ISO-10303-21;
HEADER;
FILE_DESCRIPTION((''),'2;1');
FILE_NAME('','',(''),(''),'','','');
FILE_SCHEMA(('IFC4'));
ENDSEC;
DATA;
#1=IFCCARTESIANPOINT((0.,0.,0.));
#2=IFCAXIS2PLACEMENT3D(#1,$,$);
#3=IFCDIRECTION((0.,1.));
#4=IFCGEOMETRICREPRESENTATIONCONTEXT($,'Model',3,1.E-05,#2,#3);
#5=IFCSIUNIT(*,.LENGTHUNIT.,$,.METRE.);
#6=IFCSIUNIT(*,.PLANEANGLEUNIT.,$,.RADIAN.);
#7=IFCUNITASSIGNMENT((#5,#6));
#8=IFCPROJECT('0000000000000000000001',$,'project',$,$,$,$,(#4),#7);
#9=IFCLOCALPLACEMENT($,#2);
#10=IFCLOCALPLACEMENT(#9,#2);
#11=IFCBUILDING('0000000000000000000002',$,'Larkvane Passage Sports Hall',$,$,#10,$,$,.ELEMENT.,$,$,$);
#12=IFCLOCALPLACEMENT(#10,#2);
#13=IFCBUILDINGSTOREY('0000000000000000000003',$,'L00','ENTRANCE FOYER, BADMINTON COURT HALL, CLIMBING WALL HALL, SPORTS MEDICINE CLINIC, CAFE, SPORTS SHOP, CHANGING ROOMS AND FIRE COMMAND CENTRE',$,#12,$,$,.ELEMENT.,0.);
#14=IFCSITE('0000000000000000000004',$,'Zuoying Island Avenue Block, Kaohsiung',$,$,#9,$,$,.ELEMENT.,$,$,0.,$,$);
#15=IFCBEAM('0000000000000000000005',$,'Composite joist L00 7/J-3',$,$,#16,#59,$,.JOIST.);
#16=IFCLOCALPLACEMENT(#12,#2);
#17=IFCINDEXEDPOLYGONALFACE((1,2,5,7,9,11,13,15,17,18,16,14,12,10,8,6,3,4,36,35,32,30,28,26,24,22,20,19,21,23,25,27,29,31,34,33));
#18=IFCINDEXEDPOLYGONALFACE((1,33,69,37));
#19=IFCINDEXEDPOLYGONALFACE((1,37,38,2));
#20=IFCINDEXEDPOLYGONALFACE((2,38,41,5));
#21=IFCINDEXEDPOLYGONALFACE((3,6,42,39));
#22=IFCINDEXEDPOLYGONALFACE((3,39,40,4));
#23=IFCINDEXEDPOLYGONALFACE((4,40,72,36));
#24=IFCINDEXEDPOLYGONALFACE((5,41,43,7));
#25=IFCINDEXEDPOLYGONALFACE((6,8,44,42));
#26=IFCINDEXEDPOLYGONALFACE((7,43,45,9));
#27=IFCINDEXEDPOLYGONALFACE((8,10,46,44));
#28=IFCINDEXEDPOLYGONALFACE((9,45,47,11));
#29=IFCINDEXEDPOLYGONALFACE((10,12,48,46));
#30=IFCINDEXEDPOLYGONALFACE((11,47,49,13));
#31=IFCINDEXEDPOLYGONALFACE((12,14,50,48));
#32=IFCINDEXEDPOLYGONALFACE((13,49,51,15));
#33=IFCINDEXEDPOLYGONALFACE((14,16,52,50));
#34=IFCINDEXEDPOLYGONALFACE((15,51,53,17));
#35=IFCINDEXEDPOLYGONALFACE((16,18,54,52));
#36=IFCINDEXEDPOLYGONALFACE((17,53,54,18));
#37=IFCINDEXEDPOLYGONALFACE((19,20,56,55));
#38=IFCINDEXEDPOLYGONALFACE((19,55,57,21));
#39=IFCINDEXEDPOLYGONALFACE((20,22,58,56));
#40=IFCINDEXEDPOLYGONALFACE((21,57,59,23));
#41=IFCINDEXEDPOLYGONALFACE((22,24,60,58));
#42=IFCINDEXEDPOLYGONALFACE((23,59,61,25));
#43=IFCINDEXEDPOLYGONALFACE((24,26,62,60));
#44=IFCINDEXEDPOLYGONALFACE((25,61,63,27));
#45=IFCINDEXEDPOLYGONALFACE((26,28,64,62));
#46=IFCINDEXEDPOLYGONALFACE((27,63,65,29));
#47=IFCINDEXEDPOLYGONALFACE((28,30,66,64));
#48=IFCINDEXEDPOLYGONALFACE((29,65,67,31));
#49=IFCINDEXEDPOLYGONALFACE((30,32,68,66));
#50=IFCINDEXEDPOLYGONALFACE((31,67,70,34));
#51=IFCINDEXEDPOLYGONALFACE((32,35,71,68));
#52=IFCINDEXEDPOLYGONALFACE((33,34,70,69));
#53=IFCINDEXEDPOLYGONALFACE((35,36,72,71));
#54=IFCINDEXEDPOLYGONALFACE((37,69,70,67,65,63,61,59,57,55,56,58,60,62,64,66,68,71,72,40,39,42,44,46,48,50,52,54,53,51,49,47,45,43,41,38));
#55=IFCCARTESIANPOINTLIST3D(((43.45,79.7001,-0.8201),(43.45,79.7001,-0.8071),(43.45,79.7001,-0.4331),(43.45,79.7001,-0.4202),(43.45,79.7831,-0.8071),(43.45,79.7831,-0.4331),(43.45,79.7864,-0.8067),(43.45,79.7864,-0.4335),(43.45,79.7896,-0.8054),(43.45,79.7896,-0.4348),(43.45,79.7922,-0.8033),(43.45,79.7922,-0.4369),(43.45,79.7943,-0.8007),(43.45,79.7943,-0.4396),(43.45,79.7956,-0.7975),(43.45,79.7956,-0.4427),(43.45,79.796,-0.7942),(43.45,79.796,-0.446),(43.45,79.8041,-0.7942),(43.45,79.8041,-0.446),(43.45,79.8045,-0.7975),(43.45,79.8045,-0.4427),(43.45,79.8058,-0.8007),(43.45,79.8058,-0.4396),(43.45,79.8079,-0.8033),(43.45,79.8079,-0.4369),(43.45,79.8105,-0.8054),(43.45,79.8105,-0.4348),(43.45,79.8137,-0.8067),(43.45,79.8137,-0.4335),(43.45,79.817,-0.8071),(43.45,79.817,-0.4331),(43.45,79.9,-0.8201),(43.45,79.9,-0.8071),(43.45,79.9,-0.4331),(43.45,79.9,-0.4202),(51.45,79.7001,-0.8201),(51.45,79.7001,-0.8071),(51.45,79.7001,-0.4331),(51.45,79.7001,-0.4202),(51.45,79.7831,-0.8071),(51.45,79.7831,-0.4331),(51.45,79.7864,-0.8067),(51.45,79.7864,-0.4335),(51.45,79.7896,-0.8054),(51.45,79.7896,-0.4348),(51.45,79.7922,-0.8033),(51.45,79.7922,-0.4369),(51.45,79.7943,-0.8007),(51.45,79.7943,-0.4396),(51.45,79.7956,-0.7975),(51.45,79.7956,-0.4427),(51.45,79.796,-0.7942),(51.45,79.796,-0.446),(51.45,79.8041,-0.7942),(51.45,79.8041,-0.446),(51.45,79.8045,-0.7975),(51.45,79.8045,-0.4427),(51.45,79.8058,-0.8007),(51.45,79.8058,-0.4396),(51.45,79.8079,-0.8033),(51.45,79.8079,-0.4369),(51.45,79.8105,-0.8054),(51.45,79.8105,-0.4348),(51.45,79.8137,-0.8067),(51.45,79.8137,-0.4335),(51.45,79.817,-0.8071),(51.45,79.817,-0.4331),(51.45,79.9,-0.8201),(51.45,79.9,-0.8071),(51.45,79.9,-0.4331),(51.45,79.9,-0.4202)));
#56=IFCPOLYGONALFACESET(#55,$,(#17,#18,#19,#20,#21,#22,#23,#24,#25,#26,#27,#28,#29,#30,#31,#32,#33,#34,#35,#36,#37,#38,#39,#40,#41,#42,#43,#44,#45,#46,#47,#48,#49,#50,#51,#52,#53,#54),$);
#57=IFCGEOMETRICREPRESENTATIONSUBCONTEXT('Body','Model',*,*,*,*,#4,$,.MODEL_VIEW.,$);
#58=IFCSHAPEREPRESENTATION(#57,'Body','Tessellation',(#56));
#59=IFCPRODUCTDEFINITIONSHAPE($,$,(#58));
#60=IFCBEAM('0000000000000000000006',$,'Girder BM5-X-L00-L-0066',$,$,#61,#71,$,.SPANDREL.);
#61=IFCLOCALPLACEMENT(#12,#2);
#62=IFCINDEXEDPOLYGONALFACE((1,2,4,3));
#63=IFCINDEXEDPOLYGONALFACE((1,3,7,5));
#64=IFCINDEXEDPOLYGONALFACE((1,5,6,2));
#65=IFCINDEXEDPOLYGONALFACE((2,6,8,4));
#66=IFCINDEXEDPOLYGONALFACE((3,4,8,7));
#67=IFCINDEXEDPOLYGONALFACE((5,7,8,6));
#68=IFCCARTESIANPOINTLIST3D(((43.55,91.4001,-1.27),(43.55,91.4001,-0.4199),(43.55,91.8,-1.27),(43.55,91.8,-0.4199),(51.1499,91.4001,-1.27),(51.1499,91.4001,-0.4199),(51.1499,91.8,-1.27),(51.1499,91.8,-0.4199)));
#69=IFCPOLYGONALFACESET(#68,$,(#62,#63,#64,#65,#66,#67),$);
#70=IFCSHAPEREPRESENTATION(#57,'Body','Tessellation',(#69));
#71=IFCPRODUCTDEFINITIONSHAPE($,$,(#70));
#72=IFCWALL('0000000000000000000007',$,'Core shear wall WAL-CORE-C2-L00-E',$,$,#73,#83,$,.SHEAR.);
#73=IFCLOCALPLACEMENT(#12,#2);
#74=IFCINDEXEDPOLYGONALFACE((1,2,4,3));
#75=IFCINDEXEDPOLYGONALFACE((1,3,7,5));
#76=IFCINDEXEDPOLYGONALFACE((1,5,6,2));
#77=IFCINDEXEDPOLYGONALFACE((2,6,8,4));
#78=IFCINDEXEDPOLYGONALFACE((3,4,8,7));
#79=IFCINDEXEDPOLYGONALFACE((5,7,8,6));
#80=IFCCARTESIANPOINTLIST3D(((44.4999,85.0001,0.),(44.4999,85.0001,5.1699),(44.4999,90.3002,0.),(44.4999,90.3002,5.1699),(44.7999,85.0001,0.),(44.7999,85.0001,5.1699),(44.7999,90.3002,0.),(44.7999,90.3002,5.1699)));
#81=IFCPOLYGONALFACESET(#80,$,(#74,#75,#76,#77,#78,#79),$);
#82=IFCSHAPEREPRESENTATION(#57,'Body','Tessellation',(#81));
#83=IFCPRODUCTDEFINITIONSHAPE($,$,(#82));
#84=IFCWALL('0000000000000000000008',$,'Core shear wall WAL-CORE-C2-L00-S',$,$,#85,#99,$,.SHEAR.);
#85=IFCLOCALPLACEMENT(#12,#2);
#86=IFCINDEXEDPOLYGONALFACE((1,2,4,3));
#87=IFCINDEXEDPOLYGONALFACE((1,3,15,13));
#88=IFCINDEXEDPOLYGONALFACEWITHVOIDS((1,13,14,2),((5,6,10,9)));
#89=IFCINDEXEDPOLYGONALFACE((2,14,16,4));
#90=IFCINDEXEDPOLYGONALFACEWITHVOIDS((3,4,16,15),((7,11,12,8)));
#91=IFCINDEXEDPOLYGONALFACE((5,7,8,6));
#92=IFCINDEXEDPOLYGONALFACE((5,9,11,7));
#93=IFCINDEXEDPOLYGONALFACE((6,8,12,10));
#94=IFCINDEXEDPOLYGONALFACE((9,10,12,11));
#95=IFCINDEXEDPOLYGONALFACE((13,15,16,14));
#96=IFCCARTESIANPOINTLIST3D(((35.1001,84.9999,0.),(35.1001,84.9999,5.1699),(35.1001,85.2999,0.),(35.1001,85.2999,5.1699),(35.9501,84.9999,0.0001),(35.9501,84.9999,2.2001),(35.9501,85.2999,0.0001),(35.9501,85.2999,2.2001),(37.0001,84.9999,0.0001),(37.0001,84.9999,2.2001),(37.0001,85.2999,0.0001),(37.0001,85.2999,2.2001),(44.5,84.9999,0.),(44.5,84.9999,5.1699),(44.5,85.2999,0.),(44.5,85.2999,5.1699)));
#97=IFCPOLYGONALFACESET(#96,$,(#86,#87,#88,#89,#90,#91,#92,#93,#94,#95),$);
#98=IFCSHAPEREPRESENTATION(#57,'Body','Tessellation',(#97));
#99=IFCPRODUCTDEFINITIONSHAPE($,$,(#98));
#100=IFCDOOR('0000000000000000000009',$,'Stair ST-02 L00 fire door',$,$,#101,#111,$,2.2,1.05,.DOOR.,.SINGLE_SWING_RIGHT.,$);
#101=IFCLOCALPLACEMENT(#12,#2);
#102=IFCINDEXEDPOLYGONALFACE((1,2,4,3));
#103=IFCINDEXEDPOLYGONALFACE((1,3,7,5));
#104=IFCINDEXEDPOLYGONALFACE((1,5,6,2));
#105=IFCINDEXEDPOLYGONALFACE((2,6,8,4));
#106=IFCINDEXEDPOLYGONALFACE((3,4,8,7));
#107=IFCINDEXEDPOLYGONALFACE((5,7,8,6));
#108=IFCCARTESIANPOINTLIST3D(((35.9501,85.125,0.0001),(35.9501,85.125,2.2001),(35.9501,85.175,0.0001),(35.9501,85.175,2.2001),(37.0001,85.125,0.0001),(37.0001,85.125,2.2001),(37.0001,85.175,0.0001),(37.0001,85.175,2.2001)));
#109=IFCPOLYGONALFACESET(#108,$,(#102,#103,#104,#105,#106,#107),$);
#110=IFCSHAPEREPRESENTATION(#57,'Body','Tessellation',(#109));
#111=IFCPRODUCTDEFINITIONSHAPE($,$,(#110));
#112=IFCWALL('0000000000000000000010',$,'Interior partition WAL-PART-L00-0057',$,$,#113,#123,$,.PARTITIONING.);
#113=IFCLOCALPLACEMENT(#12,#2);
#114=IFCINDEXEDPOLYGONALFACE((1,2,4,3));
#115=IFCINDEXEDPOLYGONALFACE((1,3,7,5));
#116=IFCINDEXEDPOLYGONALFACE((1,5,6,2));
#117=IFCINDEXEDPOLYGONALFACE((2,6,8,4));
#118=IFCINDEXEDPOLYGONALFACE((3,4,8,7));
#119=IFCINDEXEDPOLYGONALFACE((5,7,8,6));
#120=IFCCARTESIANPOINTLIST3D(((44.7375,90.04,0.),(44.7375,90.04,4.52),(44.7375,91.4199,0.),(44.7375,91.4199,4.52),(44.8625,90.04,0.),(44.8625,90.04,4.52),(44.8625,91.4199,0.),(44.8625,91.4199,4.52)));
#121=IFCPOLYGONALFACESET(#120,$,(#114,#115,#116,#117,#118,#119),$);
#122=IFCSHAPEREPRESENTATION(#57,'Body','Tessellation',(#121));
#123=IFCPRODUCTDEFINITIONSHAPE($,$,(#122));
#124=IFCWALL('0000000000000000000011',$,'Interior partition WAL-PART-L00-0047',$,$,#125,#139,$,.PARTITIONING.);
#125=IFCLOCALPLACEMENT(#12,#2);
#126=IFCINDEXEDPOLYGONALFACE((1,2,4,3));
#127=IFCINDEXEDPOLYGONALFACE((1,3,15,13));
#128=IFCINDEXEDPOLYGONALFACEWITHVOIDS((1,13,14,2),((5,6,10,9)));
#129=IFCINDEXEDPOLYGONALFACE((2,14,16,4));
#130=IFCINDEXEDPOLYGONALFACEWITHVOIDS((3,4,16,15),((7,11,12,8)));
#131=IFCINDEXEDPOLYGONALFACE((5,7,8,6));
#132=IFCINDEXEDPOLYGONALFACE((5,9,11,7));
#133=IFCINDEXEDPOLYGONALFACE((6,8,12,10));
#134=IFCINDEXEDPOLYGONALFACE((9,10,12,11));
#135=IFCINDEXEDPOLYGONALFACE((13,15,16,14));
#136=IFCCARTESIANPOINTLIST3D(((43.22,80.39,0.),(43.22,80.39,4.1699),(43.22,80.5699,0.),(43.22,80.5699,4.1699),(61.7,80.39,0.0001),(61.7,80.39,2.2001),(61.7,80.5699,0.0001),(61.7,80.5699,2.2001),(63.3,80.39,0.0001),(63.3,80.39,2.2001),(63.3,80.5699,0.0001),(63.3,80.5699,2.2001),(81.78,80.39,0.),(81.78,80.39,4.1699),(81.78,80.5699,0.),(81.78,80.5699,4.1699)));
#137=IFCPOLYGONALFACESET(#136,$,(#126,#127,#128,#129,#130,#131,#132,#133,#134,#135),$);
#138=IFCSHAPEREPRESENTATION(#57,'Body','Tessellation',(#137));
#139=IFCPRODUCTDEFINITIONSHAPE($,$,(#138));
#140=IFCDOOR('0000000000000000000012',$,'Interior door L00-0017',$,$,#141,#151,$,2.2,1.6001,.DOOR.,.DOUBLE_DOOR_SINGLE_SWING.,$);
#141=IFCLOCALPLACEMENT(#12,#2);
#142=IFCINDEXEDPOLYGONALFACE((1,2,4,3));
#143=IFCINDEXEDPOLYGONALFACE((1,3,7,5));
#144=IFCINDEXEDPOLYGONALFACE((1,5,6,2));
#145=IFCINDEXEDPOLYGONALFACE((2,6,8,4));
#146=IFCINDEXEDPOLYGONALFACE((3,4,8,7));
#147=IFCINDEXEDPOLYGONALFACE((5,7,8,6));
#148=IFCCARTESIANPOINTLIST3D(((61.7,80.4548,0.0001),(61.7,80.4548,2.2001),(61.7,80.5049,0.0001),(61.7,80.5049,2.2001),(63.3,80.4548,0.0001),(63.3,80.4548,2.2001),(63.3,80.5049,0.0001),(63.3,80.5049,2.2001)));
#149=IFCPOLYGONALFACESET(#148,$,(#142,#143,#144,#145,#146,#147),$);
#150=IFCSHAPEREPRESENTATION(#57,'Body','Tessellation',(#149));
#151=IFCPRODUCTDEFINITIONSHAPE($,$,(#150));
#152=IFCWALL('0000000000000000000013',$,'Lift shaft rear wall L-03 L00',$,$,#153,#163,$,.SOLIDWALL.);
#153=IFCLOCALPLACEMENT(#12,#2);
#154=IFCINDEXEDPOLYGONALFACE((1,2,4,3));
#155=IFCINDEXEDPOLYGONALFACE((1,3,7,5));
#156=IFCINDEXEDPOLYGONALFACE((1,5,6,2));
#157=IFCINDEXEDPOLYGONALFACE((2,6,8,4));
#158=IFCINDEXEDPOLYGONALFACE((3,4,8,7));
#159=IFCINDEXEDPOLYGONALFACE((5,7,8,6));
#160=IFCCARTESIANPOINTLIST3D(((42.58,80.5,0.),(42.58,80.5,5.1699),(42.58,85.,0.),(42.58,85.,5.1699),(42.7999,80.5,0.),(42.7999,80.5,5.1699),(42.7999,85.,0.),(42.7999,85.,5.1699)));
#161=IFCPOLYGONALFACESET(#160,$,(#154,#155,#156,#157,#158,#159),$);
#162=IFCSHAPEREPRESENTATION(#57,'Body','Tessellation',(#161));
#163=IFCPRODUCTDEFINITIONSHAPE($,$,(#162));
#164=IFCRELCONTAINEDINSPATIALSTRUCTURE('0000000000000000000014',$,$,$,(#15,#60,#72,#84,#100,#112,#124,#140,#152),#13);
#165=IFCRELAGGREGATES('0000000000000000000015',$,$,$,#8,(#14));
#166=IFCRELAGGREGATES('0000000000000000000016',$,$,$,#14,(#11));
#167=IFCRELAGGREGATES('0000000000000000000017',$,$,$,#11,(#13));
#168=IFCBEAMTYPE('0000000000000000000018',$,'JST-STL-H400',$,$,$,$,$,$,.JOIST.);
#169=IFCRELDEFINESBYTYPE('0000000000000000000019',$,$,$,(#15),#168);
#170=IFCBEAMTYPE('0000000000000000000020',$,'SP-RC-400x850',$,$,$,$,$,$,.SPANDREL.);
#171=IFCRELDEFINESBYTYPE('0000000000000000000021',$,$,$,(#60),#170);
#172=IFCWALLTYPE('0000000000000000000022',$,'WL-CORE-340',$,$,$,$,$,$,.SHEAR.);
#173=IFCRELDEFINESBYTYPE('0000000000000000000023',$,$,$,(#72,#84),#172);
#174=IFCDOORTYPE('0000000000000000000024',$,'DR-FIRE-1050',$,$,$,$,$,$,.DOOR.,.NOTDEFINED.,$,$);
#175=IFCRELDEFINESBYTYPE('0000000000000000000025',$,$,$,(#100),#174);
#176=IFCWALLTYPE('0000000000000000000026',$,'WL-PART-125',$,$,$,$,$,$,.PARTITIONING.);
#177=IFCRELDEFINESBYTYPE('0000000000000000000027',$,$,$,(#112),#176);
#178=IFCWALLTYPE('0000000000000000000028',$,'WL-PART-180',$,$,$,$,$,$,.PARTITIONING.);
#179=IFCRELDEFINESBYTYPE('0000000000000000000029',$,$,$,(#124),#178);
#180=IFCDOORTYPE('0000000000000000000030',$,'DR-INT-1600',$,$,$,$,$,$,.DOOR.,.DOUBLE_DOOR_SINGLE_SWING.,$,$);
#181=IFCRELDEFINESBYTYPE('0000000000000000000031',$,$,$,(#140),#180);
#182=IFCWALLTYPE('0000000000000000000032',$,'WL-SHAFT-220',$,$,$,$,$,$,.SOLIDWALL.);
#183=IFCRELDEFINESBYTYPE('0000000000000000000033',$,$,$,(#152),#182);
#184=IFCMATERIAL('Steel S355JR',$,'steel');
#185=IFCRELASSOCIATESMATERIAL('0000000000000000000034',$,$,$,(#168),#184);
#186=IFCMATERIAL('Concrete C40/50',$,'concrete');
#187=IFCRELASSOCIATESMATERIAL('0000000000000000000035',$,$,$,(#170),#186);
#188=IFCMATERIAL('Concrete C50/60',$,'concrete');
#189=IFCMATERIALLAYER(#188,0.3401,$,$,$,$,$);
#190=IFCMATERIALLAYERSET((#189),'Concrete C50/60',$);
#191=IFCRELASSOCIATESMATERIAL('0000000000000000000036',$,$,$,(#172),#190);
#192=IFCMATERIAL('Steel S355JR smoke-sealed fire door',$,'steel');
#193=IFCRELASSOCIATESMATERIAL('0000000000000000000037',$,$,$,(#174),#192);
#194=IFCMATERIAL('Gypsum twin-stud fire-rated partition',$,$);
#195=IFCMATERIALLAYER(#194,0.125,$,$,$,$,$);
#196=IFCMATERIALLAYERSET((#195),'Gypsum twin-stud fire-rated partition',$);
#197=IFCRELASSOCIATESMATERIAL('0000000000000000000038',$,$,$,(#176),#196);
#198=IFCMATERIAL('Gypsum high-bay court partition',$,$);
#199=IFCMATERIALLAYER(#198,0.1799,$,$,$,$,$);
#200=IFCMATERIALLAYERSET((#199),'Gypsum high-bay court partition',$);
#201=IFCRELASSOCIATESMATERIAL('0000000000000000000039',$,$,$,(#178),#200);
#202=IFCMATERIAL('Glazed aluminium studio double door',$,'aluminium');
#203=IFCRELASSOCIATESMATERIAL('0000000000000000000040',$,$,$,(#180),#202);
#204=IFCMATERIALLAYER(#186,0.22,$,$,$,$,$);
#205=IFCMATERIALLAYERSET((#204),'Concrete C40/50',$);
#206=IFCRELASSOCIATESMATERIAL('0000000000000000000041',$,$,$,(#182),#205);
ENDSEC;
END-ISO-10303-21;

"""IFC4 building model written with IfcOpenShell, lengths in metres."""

from ifc_helpers import new_model, si_unit, direction, frame, frame_2d, origin, origin_2d, place, context, subcontext, project, spatial, rectangle, i_section, extrude, material, layer, layer_set, material_profile, profile_set, type_object, element, fill, save


model = new_model("IFC4")

# Units and contexts
model_context = context("Model", 3, precision=1e-05, world=origin(), true_north=direction((0.0, 1.0)))
body_context = subcontext(model_context, "Body", "Model", "MODEL_VIEW")
ifc_project = project(units=[si_unit("LENGTHUNIT", "METRE"), si_unit("PLANEANGLEUNIT", "RADIAN")], contexts=[model_context])

# Site, building, storey
site_placement = place(None, origin())
site = spatial("IfcSite", under=ifc_project, at=site_placement, Name="Zuoying Island Avenue Block, Kaohsiung", CompositionType="ELEMENT", RefElevation=0.0)
building_placement = place(site_placement, origin())
building = spatial("IfcBuilding", under=site, at=building_placement, Name="Larkvane Passage Sports Hall", CompositionType="ELEMENT")
storey_placement = place(building_placement, origin())
storey = spatial("IfcBuildingStorey", under=building, at=storey_placement, Name="L00", Description="ENTRANCE FOYER, BADMINTON COURT HALL, CLIMBING WALL HALL, SPORTS MEDICINE CLINIC, CAFE, SPORTS SHOP, CHANGING ROOMS AND FIRE COMMAND CENTRE", CompositionType="ELEMENT", Elevation=0.0)

# Shared definitions
ifc_material_1 = material(Name="Concrete C40/50", Category="concrete")
ifc_material_2 = material(Name="Steel S355JR", Category="steel")

# Shared definitions
ifc_material_3 = material(Name="Concrete C50/60", Category="concrete")

# Beams
ifc_material_profile_1 = material_profile(ifc_material_2, i_section(OverallWidth=0.2, OverallDepth=0.3999, WebThickness=0.0081, FlangeThickness=0.0129, FilletRadius=0.0129, at=origin_2d()), Name="H-400x200x8x13")
ifc_profile_set_1 = profile_set([ifc_material_profile_1], Name="Steel S355JR")
beam_type_1 = type_object("IfcBeamType", Name="JST-STL-H400", PredefinedType="JOIST", material=ifc_profile_set_1)
beam_1_placement = place(storey_placement, frame((43.45, 79.8, -0.6201), z_axis=(1.0, 0.0, 0.0), x_axis=(0.0, 1.0, 0.0)))
element("IfcBeam", 1, at=beam_1_placement, inside=storey, type_object=beam_type_1, Name="Composite joist L00 7/J-3", PredefinedType="JOIST", context=body_context, shape_type="SweptSolid", body=[
    extrude(i_section(OverallWidth=0.2, OverallDepth=0.3999, WebThickness=0.0081, FlangeThickness=0.0129, FilletRadius=0.0129, at=origin_2d()), origin(), (0.0, 0.0, 1.0), 8.0),
])
ifc_material_profile_2 = material_profile(ifc_material_1, rectangle(XDim=0.3999, YDim=0.8501, at=origin_2d()), Name="RC-SP-400x850")
ifc_profile_set_2 = profile_set([ifc_material_profile_2], Name="Concrete C40/50")
beam_type_2 = type_object("IfcBeamType", Name="SP-RC-400x850", PredefinedType="SPANDREL", material=ifc_profile_set_2)
beam_2_placement = place(storey_placement, frame((43.55, 91.6001, -0.845), z_axis=(1.0, 0.0, 0.0), x_axis=(0.0, 1.0, 0.0)))
element("IfcBeam", 2, at=beam_2_placement, inside=storey, type_object=beam_type_2, Name="Girder BM5-X-L00-L-0066", PredefinedType="SPANDREL", context=body_context, shape_type="SweptSolid", body=[
    extrude(rectangle(XDim=0.3999, YDim=0.8501, at=origin_2d()), origin(), (0.0, 0.0, 1.0), 7.5999),
])

# Wall
ifc_layer_1 = layer(ifc_material_3, 0.3401)
ifc_layer_set_1 = layer_set([ifc_layer_1], Name="Concrete C50/60")
wall_type_1 = type_object("IfcWallType", Name="WL-CORE-340", PredefinedType="SHEAR", material=ifc_layer_set_1)
wall_1_placement = place(storey_placement, frame((44.6499, 90.3, 0.0), z_axis=(0.0, 0.0, 1.0), x_axis=(0.0, -1.0, 0.0)))
element("IfcWall", 3, at=wall_1_placement, inside=storey, type_object=wall_type_1, Name="Core shear wall WAL-CORE-C2-L00-E", PredefinedType="SHEAR", context=body_context, shape_type="SweptSolid", body=[
    extrude(rectangle(XDim=5.3, YDim=0.3, at=frame_2d((2.6499, 0.0))), origin(), (0.0, 0.0, 1.0), 5.1699),
])

# Wall, opening, door
wall_2_placement = place(storey_placement, frame((44.5, 85.1499, 0.0), z_axis=(0.0, 0.0, 1.0), x_axis=(-1.0, 0.0, 0.0)))
wall_2 = element("IfcWall", 4, at=wall_2_placement, inside=storey, type_object=wall_type_1, Name="Core shear wall WAL-CORE-C2-L00-S", PredefinedType="SHEAR", context=body_context, shape_type="SweptSolid", body=[
    extrude(rectangle(XDim=9.3999, YDim=0.3, at=frame_2d((4.7, 0.0))), origin(), (0.0, 0.0, 1.0), 5.1699),
])
opening_1_placement = place(wall_2_placement, frame((7.5, 0.0, 0.0)))
opening_1 = element("IfcOpeningElement", 5, at=opening_1_placement, cuts=wall_2, PredefinedType="OPENING", context=body_context, shape_type="SweptSolid", body=[
    extrude(rectangle(XDim=1.05, YDim=2.2, at=frame_2d((0.5249, 1.1001))), frame((0.0, 0.1599, 0.0), z_axis=(0.0, -1.0, 0.0), x_axis=(1.0, 0.0, 0.0)), (0.0, 0.0, 1.0), 0.3201),
])
ifc_material_4 = material(Name="Steel S355JR smoke-sealed fire door", Category="steel")
door_type_1 = type_object("IfcDoorType", Name="DR-FIRE-1050", OperationType="NOTDEFINED", PredefinedType="DOOR", material=ifc_material_4)
door_1_placement = place(opening_1_placement, origin())
door_1 = element("IfcDoor", 6, at=door_1_placement, inside=storey, type_object=door_type_1, Name="Stair ST-02 L00 fire door", OperationType="SINGLE_SWING_RIGHT", OverallHeight=2.2, OverallWidth=1.05, PredefinedType="DOOR", context=body_context, shape_type="SweptSolid", body=[
    extrude(rectangle(XDim=1.05, YDim=2.2, at=frame_2d((0.5249, 1.1001))), frame((0.0, 0.0249, 0.0), z_axis=(0.0, -1.0, 0.0), x_axis=(1.0, 0.0, 0.0)), (0.0, 0.0, 1.0), 0.05),
])
fill(opening_1, door_1)

# Wall
ifc_material_5 = material(Name="Gypsum twin-stud fire-rated partition")
ifc_layer_2 = layer(ifc_material_5, 0.125)
ifc_layer_set_2 = layer_set([ifc_layer_2], Name="Gypsum twin-stud fire-rated partition")
wall_type_2 = type_object("IfcWallType", Name="WL-PART-125", PredefinedType="PARTITIONING", material=ifc_layer_set_2)
wall_3_placement = place(storey_placement, frame((44.8, 90.04, 0.0), z_axis=(0.0, 0.0, 1.0), x_axis=(0.0, 1.0, 0.0)))
element("IfcWall", 7, at=wall_3_placement, inside=storey, type_object=wall_type_2, Name="Interior partition WAL-PART-L00-0057", PredefinedType="PARTITIONING", context=body_context, shape_type="SweptSolid", body=[
    extrude(rectangle(XDim=1.3799, YDim=0.125, at=frame_2d((0.6899, 0.0))), origin(), (0.0, 0.0, 1.0), 4.52),
])

# Wall, opening, door
ifc_material_6 = material(Name="Gypsum high-bay court partition")
ifc_layer_3 = layer(ifc_material_6, 0.1799)
ifc_layer_set_3 = layer_set([ifc_layer_3], Name="Gypsum high-bay court partition")
wall_type_3 = type_object("IfcWallType", Name="WL-PART-180", PredefinedType="PARTITIONING", material=ifc_layer_set_3)
wall_4_placement = place(storey_placement, frame((43.22, 80.48, 0.0), z_axis=(0.0, 0.0, 1.0), x_axis=(1.0, 0.0, 0.0)))
wall_4 = element("IfcWall", 8, at=wall_4_placement, inside=storey, type_object=wall_type_3, Name="Interior partition WAL-PART-L00-0047", PredefinedType="PARTITIONING", context=body_context, shape_type="SweptSolid", body=[
    extrude(rectangle(XDim=38.5601, YDim=0.1799, at=frame_2d((19.28, 0.0))), origin(), (0.0, 0.0, 1.0), 4.1699),
])
opening_2_placement = place(wall_4_placement, frame((18.48, 0.0, 0.0)))
opening_2 = element("IfcOpeningElement", 9, at=opening_2_placement, cuts=wall_4, PredefinedType="OPENING", context=body_context, shape_type="SweptSolid", body=[
    extrude(rectangle(XDim=1.6001, YDim=2.2, at=frame_2d((0.8, 1.1001))), frame((0.0, 0.0999, 0.0), z_axis=(0.0, -1.0, 0.0), x_axis=(1.0, 0.0, 0.0)), (0.0, 0.0, 1.0), 0.2),
])
ifc_material_7 = material(Name="Glazed aluminium studio double door", Category="aluminium")
door_type_2 = type_object("IfcDoorType", Name="DR-INT-1600", OperationType="DOUBLE_DOOR_SINGLE_SWING", PredefinedType="DOOR", material=ifc_material_7)
door_2_placement = place(opening_2_placement, origin())
door_2 = element("IfcDoor", 10, at=door_2_placement, inside=storey, type_object=door_type_2, Name="Interior door L00-0017", OperationType="DOUBLE_DOOR_SINGLE_SWING", OverallHeight=2.2, OverallWidth=1.6001, PredefinedType="DOOR", context=body_context, shape_type="SweptSolid", body=[
    extrude(rectangle(XDim=1.6001, YDim=2.2, at=frame_2d((0.8, 1.1001))), frame((0.0, 0.0249, 0.0), z_axis=(0.0, -1.0, 0.0), x_axis=(1.0, 0.0, 0.0)), (0.0, 0.0, 1.0), 0.05),
])
fill(opening_2, door_2)

# Wall
ifc_layer_4 = layer(ifc_material_1, 0.22)
ifc_layer_set_4 = layer_set([ifc_layer_4], Name="Concrete C40/50")
wall_type_4 = type_object("IfcWallType", Name="WL-SHAFT-220", PredefinedType="SOLIDWALL", material=ifc_layer_set_4)
wall_5_placement = place(storey_placement, frame((42.6899, 80.5, 0.0), z_axis=(0.0, 0.0, 1.0), x_axis=(0.0, 1.0, 0.0)))
element("IfcWall", 11, at=wall_5_placement, inside=storey, type_object=wall_type_4, Name="Lift shaft rear wall L-03 L00", PredefinedType="SOLIDWALL", context=body_context, shape_type="SweptSolid", body=[
    extrude(rectangle(XDim=4.5, YDim=0.22, at=frame_2d((2.25, 0.0))), origin(), (0.0, 0.0, 1.0), 5.1699),
])

save(model, "model.ifc")
